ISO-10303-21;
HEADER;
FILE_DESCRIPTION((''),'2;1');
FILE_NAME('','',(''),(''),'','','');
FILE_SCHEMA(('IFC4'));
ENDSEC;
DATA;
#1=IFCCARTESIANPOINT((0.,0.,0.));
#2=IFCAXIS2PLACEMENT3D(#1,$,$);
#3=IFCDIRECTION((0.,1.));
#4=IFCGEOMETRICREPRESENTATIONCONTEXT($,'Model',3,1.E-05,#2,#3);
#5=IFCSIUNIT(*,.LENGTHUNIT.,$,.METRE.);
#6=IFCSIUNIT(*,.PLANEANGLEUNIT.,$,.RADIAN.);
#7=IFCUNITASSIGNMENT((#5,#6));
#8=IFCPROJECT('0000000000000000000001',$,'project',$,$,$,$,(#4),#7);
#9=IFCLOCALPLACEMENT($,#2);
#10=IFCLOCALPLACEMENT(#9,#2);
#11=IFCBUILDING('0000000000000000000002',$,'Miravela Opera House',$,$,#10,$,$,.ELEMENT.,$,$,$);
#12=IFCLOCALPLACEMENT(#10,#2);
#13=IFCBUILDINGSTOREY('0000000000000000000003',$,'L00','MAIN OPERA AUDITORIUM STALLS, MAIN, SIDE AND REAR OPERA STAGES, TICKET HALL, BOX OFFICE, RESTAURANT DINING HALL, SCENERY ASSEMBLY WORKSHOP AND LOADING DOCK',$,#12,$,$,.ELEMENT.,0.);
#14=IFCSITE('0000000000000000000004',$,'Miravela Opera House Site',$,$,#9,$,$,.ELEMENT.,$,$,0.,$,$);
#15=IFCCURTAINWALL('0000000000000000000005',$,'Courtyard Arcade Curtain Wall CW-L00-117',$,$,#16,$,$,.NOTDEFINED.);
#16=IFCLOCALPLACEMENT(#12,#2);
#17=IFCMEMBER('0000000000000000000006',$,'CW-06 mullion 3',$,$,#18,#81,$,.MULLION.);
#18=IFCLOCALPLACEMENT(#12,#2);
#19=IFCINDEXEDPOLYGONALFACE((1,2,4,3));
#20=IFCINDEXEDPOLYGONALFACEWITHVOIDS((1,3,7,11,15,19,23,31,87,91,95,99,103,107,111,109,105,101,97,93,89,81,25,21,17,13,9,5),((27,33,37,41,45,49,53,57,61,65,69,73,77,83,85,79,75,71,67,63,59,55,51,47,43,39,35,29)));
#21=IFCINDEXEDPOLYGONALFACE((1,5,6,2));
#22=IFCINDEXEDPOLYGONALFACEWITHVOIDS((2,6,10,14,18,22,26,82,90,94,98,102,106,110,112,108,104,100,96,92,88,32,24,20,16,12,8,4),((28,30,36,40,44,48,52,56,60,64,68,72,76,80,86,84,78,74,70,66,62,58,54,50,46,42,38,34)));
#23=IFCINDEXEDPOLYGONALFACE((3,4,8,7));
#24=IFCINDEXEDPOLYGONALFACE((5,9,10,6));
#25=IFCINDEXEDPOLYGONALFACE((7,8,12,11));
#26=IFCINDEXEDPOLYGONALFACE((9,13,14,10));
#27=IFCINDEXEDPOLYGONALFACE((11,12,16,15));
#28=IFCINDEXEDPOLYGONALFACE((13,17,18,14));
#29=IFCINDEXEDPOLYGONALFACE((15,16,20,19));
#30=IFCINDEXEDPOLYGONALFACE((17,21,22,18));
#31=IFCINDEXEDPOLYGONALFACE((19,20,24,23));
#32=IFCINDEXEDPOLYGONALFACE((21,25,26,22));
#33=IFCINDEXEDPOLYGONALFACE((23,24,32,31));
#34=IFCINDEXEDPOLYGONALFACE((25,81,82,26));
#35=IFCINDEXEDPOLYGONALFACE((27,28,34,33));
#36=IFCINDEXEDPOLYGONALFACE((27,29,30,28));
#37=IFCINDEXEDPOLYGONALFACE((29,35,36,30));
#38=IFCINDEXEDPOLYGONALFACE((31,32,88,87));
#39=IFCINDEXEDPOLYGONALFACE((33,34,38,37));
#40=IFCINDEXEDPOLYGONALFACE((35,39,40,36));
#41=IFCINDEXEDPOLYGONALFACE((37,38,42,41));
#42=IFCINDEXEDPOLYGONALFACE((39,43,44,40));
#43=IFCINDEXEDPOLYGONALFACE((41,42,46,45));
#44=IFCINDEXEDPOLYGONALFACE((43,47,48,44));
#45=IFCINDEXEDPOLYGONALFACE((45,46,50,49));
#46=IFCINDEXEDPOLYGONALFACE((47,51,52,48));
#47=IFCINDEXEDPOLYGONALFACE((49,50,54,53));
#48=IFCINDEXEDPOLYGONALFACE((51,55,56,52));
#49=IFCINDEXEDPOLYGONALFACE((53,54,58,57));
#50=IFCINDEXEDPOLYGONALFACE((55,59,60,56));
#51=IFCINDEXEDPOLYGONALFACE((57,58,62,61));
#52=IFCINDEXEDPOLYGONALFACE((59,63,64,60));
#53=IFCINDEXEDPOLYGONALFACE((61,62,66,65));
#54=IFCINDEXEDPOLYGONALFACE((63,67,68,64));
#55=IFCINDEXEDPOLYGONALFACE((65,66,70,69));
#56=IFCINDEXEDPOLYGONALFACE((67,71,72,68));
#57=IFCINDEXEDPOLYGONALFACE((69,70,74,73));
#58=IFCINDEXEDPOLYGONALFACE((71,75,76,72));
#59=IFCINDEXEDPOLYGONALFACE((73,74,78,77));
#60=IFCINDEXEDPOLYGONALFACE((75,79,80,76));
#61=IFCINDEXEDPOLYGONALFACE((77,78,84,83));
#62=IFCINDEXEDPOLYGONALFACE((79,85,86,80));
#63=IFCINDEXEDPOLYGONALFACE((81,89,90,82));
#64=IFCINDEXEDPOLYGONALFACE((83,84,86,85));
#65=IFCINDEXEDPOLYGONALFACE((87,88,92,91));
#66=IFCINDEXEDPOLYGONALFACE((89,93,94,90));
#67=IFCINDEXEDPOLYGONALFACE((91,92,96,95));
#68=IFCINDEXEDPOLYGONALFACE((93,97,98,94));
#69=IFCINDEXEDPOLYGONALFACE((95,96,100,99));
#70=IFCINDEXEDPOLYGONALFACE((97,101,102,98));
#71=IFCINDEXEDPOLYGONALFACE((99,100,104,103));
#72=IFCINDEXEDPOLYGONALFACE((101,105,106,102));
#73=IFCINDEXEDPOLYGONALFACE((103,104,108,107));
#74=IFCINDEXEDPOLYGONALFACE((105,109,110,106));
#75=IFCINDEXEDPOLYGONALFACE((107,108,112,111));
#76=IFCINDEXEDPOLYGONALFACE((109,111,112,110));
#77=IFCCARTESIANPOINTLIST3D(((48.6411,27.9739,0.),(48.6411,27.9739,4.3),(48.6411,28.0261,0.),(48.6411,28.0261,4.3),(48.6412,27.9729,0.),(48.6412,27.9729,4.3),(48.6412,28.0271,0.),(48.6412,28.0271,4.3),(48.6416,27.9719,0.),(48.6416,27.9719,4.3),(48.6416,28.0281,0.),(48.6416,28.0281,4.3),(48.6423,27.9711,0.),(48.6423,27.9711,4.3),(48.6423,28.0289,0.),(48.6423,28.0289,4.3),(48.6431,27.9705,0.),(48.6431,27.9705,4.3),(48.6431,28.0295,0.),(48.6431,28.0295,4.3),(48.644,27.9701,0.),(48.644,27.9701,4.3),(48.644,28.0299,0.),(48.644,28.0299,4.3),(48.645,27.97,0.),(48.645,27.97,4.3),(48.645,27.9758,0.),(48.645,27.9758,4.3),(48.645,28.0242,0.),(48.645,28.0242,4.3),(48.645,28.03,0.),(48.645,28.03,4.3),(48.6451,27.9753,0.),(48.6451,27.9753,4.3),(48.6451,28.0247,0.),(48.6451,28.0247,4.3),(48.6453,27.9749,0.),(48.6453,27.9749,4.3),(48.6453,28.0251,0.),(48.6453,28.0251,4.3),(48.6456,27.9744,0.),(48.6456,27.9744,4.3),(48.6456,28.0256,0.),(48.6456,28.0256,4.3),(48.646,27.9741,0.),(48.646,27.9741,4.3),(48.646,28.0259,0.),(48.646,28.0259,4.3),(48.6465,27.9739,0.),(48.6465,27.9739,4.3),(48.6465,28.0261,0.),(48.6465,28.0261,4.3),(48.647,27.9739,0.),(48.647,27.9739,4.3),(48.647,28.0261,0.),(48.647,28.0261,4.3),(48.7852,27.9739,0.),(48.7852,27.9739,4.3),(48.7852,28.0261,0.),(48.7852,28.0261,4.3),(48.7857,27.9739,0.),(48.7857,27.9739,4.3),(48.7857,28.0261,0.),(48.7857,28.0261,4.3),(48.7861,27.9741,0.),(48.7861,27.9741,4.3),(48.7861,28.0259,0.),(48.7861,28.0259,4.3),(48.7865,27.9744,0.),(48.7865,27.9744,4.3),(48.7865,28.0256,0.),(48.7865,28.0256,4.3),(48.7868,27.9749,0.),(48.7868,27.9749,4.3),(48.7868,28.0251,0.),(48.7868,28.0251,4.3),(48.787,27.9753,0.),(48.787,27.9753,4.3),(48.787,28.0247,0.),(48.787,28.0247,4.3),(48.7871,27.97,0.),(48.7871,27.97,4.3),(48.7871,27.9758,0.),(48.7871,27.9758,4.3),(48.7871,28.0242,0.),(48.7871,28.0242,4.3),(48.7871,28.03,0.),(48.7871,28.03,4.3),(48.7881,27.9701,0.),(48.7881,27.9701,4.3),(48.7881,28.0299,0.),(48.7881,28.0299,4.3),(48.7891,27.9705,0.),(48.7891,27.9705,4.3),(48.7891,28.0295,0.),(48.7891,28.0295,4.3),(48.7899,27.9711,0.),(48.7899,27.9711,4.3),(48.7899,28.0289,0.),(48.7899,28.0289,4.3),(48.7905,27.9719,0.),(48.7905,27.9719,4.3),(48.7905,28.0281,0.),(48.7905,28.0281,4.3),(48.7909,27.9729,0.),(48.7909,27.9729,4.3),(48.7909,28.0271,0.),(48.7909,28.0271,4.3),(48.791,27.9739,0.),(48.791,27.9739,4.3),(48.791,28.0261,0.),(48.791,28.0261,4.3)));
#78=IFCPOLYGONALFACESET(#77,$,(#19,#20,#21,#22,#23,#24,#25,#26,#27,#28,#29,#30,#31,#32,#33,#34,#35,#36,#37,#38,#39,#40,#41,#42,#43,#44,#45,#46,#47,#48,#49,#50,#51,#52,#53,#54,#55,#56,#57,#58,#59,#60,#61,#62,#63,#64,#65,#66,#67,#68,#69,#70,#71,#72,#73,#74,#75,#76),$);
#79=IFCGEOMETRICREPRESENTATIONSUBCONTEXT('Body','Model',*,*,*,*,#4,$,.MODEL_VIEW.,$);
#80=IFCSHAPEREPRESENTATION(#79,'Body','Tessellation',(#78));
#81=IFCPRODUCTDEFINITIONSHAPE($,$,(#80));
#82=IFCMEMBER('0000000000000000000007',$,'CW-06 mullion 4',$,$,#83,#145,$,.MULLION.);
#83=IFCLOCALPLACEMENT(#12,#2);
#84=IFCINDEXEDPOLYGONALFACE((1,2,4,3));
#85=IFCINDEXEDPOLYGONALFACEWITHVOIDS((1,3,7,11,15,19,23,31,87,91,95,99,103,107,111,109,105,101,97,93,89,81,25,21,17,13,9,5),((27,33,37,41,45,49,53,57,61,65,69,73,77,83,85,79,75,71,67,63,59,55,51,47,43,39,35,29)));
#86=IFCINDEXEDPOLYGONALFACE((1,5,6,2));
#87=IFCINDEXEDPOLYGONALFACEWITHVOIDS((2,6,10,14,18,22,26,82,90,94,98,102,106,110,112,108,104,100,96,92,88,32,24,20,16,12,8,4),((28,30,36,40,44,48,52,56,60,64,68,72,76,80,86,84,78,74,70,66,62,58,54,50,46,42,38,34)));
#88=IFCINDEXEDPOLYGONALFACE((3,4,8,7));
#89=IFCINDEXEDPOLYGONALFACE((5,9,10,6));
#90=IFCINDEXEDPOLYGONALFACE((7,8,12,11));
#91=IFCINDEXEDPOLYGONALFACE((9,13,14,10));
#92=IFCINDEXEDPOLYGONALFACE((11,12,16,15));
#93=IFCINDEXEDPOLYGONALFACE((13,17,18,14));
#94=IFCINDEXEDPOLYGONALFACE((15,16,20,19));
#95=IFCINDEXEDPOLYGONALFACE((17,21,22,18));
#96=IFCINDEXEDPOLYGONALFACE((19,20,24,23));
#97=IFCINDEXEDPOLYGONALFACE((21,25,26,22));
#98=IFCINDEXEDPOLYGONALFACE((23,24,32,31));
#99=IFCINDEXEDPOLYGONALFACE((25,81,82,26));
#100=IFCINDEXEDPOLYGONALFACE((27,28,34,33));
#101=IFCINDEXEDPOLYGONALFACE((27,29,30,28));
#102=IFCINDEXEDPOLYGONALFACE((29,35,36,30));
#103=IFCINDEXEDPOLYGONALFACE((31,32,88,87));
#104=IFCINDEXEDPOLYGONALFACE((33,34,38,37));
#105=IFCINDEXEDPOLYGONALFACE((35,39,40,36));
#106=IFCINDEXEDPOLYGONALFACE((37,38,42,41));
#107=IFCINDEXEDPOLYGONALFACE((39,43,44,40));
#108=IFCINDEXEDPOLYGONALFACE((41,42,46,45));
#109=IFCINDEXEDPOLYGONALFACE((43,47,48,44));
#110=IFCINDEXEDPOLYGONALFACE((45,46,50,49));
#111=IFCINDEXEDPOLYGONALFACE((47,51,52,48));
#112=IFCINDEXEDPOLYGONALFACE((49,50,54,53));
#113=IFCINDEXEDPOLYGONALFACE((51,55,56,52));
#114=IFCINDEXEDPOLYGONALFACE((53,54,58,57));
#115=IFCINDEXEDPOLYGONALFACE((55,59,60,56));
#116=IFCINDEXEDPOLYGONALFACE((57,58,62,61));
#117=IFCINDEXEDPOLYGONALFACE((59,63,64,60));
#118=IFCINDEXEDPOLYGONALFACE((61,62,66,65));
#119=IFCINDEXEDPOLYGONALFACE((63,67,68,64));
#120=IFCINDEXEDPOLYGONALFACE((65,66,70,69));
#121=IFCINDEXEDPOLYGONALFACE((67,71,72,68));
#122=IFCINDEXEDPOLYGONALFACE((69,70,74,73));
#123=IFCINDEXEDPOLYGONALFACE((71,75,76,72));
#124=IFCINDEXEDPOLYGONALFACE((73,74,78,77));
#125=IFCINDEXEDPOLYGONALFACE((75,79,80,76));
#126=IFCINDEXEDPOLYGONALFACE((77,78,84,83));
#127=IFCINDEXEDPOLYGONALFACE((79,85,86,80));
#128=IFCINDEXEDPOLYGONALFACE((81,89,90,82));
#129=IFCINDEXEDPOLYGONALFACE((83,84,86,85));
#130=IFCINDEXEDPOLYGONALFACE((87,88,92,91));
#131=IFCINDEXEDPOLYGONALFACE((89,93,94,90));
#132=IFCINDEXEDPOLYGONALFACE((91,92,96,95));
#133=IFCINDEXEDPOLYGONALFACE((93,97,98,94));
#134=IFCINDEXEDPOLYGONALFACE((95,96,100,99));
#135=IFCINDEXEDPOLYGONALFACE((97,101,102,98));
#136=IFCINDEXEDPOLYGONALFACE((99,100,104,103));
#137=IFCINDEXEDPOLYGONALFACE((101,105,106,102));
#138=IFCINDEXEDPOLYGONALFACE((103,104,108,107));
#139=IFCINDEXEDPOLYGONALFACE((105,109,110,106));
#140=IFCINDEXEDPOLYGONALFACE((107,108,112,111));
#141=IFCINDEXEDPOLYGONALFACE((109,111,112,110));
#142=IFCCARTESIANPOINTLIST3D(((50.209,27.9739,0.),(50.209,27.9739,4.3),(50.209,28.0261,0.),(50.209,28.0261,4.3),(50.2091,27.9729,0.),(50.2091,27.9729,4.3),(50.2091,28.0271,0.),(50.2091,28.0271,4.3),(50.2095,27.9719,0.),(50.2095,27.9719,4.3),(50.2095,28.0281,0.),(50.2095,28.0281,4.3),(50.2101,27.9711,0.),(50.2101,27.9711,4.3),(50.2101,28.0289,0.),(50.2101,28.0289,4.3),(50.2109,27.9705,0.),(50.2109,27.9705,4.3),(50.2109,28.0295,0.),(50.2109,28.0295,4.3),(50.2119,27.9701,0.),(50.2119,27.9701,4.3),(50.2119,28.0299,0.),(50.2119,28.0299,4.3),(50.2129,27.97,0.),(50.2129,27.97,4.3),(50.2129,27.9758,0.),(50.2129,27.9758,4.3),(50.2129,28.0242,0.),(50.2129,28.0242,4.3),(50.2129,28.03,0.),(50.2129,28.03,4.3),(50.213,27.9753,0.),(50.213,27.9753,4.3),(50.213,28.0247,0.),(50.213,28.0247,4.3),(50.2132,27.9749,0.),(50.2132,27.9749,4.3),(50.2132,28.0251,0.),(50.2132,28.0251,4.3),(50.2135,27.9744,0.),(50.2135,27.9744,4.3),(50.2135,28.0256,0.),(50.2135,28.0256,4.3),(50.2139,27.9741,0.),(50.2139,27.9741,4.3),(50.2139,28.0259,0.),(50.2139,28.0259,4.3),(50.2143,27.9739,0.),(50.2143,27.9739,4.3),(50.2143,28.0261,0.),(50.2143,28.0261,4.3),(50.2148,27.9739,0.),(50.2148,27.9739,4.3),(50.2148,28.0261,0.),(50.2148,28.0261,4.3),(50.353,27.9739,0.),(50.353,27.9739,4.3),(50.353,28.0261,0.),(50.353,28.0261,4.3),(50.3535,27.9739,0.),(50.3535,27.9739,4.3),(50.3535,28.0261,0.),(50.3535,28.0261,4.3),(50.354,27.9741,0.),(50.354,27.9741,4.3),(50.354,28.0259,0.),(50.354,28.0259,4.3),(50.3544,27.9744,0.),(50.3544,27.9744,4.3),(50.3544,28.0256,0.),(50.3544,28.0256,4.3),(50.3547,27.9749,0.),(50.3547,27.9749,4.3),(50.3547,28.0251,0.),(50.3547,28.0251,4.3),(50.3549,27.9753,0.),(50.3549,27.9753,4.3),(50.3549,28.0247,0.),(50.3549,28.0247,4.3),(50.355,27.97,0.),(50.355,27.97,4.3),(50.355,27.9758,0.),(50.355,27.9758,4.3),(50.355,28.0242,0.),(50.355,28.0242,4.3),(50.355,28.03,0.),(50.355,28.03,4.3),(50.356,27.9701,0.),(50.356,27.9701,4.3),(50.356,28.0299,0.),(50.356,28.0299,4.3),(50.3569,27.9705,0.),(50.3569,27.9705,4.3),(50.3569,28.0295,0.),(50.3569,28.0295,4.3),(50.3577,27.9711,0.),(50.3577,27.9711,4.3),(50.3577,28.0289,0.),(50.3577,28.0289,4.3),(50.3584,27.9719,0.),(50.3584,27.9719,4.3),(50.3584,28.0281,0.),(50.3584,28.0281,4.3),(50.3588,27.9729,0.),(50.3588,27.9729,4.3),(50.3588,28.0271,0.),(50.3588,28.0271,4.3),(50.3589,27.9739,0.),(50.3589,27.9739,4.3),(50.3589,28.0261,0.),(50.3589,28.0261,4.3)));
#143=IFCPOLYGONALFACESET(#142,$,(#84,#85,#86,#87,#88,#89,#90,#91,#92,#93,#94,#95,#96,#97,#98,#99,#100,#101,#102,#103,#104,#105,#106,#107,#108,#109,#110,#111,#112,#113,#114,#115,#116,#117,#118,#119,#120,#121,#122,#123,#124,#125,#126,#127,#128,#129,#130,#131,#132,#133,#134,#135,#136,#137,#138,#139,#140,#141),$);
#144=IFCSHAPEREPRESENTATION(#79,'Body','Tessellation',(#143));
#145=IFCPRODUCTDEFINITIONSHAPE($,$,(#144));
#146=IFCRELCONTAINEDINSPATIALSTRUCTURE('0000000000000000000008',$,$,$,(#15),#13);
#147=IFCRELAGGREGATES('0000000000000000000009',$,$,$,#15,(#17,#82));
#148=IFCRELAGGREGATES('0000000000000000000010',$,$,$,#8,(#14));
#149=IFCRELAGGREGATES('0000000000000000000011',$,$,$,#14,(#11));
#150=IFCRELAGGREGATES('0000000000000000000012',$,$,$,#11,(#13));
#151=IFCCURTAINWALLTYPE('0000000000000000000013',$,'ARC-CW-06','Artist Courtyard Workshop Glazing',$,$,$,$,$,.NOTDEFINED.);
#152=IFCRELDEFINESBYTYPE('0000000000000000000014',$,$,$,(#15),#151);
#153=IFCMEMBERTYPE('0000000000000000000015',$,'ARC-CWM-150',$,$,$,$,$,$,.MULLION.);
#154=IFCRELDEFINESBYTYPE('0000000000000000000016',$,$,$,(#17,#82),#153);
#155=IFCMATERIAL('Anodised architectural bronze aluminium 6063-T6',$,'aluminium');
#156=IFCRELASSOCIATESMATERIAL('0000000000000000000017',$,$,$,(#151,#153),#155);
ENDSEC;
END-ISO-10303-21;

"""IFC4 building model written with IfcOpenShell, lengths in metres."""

from ifc_helpers import new_model, si_unit, direction, frame, origin, origin_2d, place, context, subcontext, project, spatial, hollow_rectangle, extrude, material, material_profile, profile_set, type_object, element, aggregate, save


model = new_model("IFC4")

# Units and contexts
model_context = context("Model", 3, precision=1e-05, world=origin(), true_north=direction((0.0, 1.0)))
body_context = subcontext(model_context, "Body", "Model", "MODEL_VIEW")
ifc_project = project(units=[si_unit("LENGTHUNIT", "METRE"), si_unit("PLANEANGLEUNIT", "RADIAN")], contexts=[model_context])

# Site, building, storey
site_placement = place(None, origin())
site = spatial("IfcSite", under=ifc_project, at=site_placement, Name="Miravela Opera House Site", CompositionType="ELEMENT", RefElevation=0.0)
building_placement = place(site_placement, origin())
building = spatial("IfcBuilding", under=site, at=building_placement, Name="Miravela Opera House", CompositionType="ELEMENT")
storey_placement = place(building_placement, origin())
storey = spatial("IfcBuildingStorey", under=building, at=storey_placement, Name="L00", Description="MAIN OPERA AUDITORIUM STALLS, MAIN, SIDE AND REAR OPERA STAGES, TICKET HALL, BOX OFFICE, RESTAURANT DINING HALL, SCENERY ASSEMBLY WORKSHOP AND LOADING DOCK", CompositionType="ELEMENT", Elevation=0.0)

# Curtain wall, members
ifc_material_1 = material(Name="Anodised architectural bronze aluminium 6063-T6", Category="aluminium")
curtain_wall_type = type_object("IfcCurtainWallType", Name="ARC-CW-06", Description="Artist Courtyard Workshop Glazing", PredefinedType="NOTDEFINED", material=ifc_material_1)
curtain_wall_placement = place(storey_placement, origin())
curtain_wall = element("IfcCurtainWall", 1, at=curtain_wall_placement, inside=storey, type_object=curtain_wall_type, Name="Courtyard Arcade Curtain Wall CW-L00-117", PredefinedType="NOTDEFINED")
ifc_material_profile_1 = material_profile(ifc_material_1, hollow_rectangle(XDim=0.0601, YDim=0.1499, WallThickness=0.0039, InnerFilletRadius=0.002, OuterFilletRadius=0.0039, at=origin_2d()), Name="CWM-60X150")
ifc_profile_set_1 = profile_set([ifc_material_profile_1])
member_type_1 = type_object("IfcMemberType", Name="ARC-CWM-150", PredefinedType="MULLION", material=ifc_profile_set_1)
member_1_placement = place(storey_placement, frame((48.7161, 28.0, 0.0), z_axis=(0.0, 0.0, 1.0), x_axis=(0.0, 1.0, 0.0)))
member_1 = element("IfcMember", 2, at=member_1_placement, type_object=member_type_1, Name="CW-06 mullion 3", PredefinedType="MULLION", context=body_context, shape_type="SweptSolid", body=[
    extrude(hollow_rectangle(XDim=0.0601, YDim=0.1499, WallThickness=0.0039, InnerFilletRadius=0.002, OuterFilletRadius=0.0039, at=origin_2d()), origin(), (0.0, 0.0, 1.0), 4.3),
])
member_2_placement = place(storey_placement, frame((50.2839, 28.0, 0.0), z_axis=(0.0, 0.0, 1.0), x_axis=(0.0, 1.0, 0.0)))
member_2 = element("IfcMember", 3, at=member_2_placement, type_object=member_type_1, Name="CW-06 mullion 4", PredefinedType="MULLION", context=body_context, shape_type="SweptSolid", body=[
    extrude(hollow_rectangle(XDim=0.0601, YDim=0.1499, WallThickness=0.0039, InnerFilletRadius=0.002, OuterFilletRadius=0.0039, at=origin_2d()), origin(), (0.0, 0.0, 1.0), 4.3),
])
aggregate(curtain_wall, [member_1, member_2])

save(model, "model.ifc")
